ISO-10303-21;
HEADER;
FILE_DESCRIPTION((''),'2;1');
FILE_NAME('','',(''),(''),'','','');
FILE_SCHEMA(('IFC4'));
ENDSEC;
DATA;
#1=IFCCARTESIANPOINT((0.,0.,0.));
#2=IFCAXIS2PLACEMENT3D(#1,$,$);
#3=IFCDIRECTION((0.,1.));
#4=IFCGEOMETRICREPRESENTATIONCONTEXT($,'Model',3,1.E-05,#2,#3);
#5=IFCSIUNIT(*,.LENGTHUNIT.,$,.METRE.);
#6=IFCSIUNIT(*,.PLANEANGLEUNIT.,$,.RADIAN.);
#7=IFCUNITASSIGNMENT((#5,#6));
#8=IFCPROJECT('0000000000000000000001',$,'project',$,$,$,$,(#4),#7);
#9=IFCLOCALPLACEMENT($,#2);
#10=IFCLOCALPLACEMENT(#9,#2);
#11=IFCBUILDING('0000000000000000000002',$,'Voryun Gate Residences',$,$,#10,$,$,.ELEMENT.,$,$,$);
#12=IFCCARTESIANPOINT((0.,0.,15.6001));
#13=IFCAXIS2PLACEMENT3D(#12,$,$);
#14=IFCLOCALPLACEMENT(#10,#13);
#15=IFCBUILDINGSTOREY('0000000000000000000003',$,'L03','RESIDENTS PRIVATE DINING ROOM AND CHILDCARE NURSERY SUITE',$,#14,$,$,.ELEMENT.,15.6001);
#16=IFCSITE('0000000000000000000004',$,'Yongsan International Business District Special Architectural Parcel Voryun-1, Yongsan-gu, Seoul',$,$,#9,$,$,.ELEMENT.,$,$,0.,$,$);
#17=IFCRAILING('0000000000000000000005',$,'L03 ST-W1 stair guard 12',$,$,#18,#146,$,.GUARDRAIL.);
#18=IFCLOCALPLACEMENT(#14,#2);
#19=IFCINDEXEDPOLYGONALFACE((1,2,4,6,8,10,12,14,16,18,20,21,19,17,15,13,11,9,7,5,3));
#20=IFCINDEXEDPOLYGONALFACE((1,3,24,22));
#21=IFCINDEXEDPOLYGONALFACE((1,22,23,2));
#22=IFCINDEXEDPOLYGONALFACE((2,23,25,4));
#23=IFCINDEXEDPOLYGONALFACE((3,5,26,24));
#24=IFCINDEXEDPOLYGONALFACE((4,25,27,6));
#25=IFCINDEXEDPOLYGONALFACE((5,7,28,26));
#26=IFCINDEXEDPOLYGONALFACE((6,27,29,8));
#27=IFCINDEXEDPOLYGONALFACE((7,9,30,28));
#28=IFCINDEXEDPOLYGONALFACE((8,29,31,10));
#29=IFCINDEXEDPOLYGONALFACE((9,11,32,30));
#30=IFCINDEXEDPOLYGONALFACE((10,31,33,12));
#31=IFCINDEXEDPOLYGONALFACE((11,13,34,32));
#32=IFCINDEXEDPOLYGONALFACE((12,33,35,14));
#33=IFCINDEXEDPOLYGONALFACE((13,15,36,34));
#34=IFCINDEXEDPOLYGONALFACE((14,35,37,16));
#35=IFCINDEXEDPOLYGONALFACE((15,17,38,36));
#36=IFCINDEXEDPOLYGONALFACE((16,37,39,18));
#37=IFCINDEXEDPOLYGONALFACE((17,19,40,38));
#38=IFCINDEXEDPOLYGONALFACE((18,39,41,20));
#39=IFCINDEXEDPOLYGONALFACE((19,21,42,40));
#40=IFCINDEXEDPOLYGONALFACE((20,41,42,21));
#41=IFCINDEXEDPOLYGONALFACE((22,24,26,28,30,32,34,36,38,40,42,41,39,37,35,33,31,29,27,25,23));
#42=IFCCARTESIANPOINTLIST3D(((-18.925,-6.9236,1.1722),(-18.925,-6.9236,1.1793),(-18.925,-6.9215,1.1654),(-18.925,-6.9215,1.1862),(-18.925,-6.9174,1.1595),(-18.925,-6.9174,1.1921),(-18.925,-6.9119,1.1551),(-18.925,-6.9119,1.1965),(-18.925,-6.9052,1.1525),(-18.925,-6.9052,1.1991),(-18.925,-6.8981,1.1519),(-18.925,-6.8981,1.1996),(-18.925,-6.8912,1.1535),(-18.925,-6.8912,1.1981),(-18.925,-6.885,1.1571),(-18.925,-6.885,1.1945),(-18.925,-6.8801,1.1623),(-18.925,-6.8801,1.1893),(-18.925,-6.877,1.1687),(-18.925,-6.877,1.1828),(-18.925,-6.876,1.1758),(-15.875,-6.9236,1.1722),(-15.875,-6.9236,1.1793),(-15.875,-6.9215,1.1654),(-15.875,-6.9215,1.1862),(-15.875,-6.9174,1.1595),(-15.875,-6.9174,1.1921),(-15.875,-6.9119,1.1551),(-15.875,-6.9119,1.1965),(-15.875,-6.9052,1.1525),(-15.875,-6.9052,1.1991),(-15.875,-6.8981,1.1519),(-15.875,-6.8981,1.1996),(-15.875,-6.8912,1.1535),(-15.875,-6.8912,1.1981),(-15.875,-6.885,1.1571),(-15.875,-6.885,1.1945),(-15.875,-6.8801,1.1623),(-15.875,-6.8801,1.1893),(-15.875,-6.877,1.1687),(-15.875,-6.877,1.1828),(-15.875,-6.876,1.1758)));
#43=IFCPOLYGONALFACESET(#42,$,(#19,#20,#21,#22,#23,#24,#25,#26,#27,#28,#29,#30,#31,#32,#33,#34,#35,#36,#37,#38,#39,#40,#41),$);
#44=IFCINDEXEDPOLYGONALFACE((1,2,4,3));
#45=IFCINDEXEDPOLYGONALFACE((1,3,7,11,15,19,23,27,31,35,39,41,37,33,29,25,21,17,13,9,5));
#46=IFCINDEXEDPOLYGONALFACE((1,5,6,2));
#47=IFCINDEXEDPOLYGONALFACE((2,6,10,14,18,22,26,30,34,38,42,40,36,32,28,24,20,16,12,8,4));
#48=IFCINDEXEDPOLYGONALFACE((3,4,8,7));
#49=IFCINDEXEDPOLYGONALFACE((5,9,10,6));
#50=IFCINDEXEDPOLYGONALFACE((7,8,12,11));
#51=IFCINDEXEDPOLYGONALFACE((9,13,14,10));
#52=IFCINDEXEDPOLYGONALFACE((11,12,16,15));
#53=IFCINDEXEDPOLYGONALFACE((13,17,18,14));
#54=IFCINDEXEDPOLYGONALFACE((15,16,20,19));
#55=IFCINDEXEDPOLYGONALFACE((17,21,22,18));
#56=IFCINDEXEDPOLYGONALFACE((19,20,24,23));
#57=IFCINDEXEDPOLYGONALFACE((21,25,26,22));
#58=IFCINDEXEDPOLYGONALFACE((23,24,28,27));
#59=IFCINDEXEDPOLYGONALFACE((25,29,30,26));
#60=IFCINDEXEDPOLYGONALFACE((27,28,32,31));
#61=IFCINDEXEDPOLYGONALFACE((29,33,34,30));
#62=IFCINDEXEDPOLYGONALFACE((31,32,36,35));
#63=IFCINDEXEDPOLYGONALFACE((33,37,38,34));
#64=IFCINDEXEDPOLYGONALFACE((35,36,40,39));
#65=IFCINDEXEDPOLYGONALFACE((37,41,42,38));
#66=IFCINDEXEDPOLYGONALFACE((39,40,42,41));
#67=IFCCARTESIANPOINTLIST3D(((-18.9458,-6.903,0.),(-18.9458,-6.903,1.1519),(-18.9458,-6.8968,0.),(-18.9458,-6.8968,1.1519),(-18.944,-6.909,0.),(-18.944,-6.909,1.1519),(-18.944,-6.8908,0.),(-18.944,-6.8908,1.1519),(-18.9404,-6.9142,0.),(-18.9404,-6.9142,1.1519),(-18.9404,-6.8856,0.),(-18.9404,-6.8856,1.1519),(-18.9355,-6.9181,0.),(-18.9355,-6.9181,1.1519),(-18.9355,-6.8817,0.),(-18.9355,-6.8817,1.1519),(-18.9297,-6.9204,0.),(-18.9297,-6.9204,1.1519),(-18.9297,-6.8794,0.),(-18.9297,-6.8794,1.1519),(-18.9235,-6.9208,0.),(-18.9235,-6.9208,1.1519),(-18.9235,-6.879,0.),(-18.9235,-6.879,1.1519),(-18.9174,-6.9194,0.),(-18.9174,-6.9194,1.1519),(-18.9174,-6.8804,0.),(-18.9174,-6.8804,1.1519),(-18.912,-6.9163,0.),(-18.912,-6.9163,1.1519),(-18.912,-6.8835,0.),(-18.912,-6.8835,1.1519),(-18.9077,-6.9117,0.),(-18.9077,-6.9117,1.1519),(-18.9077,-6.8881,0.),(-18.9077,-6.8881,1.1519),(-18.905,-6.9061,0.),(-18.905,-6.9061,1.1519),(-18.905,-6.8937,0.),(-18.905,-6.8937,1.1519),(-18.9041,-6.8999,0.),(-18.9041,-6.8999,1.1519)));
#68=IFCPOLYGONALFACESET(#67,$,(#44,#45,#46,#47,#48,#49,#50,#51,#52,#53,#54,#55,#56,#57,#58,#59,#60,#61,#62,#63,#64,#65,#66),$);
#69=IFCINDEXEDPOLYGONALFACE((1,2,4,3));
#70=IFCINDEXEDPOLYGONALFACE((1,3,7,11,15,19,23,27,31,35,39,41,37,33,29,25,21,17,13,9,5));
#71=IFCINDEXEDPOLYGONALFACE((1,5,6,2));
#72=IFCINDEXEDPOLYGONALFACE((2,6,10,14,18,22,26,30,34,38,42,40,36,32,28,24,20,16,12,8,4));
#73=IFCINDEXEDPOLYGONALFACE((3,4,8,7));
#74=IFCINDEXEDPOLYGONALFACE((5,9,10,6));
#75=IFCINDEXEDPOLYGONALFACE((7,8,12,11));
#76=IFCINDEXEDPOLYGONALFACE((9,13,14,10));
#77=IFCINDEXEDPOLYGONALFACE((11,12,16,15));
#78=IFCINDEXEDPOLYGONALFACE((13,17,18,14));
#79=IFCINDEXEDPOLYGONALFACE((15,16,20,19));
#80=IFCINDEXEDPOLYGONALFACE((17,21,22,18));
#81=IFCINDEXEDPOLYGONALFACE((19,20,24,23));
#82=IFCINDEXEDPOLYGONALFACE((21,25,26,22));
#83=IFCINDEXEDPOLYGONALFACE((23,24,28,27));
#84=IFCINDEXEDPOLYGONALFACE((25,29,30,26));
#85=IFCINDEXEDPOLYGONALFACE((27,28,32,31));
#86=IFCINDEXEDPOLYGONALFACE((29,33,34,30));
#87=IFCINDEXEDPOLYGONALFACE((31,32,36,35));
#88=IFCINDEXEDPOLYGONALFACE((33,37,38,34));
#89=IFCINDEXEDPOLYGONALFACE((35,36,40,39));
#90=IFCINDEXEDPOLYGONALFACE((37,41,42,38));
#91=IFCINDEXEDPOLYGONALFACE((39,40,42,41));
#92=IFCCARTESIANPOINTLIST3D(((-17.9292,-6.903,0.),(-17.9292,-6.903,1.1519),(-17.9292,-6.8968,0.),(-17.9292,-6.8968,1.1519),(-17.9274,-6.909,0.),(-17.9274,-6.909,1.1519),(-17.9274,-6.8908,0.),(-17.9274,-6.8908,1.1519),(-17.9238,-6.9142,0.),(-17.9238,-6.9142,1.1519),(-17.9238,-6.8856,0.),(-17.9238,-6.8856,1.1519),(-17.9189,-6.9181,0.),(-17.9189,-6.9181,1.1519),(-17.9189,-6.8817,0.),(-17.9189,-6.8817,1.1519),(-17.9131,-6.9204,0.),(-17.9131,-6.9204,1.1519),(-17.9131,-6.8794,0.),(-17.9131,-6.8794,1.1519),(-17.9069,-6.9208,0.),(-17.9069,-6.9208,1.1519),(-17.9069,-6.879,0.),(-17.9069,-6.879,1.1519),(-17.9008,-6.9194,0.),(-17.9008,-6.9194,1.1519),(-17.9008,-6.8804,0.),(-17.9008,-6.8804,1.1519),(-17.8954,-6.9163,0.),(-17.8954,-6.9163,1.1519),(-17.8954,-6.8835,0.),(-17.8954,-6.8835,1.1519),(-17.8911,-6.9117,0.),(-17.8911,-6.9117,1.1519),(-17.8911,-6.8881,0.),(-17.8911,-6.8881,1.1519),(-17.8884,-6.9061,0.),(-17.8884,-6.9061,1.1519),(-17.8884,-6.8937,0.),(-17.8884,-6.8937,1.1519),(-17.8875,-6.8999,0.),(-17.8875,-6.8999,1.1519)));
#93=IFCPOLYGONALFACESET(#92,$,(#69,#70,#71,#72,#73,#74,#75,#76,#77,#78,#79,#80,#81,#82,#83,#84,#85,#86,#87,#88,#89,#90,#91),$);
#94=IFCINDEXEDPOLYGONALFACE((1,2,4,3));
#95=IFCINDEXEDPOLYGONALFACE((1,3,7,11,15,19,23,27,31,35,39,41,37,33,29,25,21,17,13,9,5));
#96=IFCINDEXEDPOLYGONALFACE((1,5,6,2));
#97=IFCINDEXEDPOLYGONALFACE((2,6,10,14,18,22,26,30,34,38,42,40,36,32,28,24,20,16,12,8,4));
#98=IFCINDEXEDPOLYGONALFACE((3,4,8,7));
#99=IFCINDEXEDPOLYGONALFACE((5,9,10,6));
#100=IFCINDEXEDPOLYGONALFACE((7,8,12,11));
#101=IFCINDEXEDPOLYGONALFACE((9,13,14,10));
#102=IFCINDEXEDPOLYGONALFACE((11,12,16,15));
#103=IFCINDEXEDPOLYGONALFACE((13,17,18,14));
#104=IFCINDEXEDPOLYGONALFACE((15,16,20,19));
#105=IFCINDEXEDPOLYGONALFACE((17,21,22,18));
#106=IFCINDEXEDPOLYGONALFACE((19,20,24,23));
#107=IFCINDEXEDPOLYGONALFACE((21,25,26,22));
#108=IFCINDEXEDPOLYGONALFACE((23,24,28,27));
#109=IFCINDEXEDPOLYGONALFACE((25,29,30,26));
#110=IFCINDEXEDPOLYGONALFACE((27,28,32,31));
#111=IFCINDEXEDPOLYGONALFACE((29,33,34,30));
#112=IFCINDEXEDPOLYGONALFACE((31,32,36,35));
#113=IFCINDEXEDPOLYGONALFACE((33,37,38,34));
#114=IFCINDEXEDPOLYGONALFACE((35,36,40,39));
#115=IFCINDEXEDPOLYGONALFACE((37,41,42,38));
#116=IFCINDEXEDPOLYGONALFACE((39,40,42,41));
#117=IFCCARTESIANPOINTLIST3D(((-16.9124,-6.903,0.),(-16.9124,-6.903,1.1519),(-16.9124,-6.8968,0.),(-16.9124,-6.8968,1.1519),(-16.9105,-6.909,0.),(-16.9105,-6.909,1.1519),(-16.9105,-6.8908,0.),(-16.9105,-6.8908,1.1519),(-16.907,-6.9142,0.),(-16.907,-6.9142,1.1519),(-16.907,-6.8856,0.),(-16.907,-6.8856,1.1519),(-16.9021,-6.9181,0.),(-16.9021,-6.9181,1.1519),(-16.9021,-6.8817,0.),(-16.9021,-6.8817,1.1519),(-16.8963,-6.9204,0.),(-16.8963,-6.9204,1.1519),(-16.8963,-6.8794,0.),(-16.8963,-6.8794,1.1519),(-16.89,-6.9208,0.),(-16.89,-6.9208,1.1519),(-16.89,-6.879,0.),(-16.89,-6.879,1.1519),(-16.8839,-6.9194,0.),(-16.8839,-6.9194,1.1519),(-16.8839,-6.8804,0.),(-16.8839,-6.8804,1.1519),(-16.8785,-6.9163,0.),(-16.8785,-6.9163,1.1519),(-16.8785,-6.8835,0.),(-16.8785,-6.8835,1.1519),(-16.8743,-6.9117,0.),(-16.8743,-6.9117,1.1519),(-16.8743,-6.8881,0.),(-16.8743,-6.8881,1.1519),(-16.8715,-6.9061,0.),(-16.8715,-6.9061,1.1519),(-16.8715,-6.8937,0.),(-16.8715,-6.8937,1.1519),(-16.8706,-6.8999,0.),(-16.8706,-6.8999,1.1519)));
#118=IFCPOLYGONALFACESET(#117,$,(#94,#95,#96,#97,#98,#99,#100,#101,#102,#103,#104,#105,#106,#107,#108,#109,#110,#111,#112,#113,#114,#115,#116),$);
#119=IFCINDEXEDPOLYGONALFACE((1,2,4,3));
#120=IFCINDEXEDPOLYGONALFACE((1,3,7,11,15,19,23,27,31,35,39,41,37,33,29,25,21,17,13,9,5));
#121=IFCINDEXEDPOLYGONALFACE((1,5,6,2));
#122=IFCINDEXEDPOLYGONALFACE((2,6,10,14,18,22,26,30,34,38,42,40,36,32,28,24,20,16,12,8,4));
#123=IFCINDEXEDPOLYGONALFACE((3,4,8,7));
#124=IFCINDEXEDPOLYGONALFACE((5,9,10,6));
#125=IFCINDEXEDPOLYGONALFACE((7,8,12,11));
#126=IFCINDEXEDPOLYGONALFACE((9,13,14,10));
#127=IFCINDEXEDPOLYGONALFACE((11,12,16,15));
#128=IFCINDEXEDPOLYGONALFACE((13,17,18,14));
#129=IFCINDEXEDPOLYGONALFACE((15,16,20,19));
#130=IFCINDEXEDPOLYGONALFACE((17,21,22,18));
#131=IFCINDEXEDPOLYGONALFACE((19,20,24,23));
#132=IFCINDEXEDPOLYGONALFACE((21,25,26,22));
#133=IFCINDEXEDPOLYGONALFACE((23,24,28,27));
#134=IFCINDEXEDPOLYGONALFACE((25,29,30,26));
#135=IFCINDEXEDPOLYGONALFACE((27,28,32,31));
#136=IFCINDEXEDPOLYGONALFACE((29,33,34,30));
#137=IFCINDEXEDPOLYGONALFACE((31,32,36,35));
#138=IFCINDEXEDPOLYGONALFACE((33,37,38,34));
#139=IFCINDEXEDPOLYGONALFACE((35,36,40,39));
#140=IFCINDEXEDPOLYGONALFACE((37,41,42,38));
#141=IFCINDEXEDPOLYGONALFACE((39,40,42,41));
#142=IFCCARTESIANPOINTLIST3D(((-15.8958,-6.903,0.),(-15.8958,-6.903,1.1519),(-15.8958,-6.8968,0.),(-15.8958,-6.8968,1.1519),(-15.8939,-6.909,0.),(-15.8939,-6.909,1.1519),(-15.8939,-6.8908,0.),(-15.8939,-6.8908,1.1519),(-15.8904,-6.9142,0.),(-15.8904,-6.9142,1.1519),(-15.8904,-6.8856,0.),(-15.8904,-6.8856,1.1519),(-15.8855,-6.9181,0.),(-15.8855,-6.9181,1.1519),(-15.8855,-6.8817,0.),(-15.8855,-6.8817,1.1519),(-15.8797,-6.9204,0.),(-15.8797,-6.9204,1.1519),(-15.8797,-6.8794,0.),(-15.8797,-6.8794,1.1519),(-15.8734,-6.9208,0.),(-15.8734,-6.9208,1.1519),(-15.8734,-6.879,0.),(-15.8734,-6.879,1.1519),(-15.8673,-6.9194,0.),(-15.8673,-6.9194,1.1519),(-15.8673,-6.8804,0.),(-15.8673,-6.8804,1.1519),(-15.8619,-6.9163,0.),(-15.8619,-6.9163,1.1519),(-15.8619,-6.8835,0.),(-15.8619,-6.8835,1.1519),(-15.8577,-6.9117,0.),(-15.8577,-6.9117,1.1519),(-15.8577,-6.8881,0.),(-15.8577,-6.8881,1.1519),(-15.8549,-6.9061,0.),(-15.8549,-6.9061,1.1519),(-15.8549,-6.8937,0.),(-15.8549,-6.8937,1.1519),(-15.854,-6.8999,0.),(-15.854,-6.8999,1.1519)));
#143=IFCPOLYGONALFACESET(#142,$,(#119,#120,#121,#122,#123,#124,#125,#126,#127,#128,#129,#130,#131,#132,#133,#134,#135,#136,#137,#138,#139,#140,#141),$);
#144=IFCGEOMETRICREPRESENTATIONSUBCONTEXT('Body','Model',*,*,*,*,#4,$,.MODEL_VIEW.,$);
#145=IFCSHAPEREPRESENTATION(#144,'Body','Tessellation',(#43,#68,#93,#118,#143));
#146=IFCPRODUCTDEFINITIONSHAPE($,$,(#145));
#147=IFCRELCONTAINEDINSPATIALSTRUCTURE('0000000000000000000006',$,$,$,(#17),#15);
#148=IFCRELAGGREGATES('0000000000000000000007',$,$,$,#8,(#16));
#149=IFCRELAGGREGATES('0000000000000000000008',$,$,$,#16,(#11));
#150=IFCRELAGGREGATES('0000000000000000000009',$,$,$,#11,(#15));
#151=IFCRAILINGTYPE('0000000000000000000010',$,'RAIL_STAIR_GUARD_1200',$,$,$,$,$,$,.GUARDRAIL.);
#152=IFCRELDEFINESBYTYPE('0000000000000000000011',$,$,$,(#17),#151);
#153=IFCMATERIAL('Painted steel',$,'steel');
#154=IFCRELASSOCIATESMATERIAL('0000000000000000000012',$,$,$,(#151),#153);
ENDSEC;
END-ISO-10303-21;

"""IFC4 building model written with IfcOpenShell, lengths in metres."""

from ifc_helpers import new_model, si_unit, direction, frame, origin, origin_2d, place, context, subcontext, project, spatial, circle, extrude, material, type_object, element, save


model = new_model("IFC4")

# Units and contexts
model_context = context("Model", 3, precision=1e-05, world=origin(), true_north=direction((0.0, 1.0)))
body_context = subcontext(model_context, "Body", "Model", "MODEL_VIEW")
ifc_project = project(units=[si_unit("LENGTHUNIT", "METRE"), si_unit("PLANEANGLEUNIT", "RADIAN")], contexts=[model_context])

# Site, building, storey
site_placement = place(None, origin())
site = spatial("IfcSite", under=ifc_project, at=site_placement, Name="Yongsan International Business District Special Architectural Parcel Voryun-1, Yongsan-gu, Seoul", CompositionType="ELEMENT", RefElevation=0.0)
building_placement = place(site_placement, origin())
building = spatial("IfcBuilding", under=site, at=building_placement, Name="Voryun Gate Residences", CompositionType="ELEMENT")
storey_placement = place(building_placement, frame((0.0, 0.0, 15.6001)))
storey = spatial("IfcBuildingStorey", under=building, at=storey_placement, Name="L03", Description="RESIDENTS PRIVATE DINING ROOM AND CHILDCARE NURSERY SUITE", CompositionType="ELEMENT", Elevation=15.6001)

# Railing
ifc_material_1 = material(Name="Painted steel", Category="steel")
railing_type_1 = type_object("IfcRailingType", Name="RAIL_STAIR_GUARD_1200", PredefinedType="GUARDRAIL", material=ifc_material_1)
railing_1_placement = place(storey_placement, frame((-18.925, -6.8999, 0.0)))
element("IfcRailing", 1, at=railing_1_placement, inside=storey, type_object=railing_type_1, Name="L03 ST-W1 stair guard 12", PredefinedType="GUARDRAIL", context=body_context, shape_type="SweptSolid", body=[
    extrude(circle(Radius=0.0239, at=origin_2d()), frame((0.0, 0.0, 1.1758), z_axis=(1.0, 0.0, 0.0), x_axis=(0.0, 1.0, 0.0)), (0.0, 0.0, 1.0), 3.05),
    extrude(circle(Radius=0.021, at=origin_2d()), origin(), (0.0, 0.0, 1.0), 1.1519),
    extrude(circle(Radius=0.021, at=origin_2d()), frame((1.0166, 0.0, 0.0)), (0.0, 0.0, 1.0), 1.1519),
    extrude(circle(Radius=0.021, at=origin_2d()), frame((2.0334, 0.0, 0.0)), (0.0, 0.0, 1.0), 1.1519),
    extrude(circle(Radius=0.021, at=origin_2d()), frame((3.05, 0.0, 0.0)), (0.0, 0.0, 1.0), 1.1519),
])

save(model, "model.ifc")
